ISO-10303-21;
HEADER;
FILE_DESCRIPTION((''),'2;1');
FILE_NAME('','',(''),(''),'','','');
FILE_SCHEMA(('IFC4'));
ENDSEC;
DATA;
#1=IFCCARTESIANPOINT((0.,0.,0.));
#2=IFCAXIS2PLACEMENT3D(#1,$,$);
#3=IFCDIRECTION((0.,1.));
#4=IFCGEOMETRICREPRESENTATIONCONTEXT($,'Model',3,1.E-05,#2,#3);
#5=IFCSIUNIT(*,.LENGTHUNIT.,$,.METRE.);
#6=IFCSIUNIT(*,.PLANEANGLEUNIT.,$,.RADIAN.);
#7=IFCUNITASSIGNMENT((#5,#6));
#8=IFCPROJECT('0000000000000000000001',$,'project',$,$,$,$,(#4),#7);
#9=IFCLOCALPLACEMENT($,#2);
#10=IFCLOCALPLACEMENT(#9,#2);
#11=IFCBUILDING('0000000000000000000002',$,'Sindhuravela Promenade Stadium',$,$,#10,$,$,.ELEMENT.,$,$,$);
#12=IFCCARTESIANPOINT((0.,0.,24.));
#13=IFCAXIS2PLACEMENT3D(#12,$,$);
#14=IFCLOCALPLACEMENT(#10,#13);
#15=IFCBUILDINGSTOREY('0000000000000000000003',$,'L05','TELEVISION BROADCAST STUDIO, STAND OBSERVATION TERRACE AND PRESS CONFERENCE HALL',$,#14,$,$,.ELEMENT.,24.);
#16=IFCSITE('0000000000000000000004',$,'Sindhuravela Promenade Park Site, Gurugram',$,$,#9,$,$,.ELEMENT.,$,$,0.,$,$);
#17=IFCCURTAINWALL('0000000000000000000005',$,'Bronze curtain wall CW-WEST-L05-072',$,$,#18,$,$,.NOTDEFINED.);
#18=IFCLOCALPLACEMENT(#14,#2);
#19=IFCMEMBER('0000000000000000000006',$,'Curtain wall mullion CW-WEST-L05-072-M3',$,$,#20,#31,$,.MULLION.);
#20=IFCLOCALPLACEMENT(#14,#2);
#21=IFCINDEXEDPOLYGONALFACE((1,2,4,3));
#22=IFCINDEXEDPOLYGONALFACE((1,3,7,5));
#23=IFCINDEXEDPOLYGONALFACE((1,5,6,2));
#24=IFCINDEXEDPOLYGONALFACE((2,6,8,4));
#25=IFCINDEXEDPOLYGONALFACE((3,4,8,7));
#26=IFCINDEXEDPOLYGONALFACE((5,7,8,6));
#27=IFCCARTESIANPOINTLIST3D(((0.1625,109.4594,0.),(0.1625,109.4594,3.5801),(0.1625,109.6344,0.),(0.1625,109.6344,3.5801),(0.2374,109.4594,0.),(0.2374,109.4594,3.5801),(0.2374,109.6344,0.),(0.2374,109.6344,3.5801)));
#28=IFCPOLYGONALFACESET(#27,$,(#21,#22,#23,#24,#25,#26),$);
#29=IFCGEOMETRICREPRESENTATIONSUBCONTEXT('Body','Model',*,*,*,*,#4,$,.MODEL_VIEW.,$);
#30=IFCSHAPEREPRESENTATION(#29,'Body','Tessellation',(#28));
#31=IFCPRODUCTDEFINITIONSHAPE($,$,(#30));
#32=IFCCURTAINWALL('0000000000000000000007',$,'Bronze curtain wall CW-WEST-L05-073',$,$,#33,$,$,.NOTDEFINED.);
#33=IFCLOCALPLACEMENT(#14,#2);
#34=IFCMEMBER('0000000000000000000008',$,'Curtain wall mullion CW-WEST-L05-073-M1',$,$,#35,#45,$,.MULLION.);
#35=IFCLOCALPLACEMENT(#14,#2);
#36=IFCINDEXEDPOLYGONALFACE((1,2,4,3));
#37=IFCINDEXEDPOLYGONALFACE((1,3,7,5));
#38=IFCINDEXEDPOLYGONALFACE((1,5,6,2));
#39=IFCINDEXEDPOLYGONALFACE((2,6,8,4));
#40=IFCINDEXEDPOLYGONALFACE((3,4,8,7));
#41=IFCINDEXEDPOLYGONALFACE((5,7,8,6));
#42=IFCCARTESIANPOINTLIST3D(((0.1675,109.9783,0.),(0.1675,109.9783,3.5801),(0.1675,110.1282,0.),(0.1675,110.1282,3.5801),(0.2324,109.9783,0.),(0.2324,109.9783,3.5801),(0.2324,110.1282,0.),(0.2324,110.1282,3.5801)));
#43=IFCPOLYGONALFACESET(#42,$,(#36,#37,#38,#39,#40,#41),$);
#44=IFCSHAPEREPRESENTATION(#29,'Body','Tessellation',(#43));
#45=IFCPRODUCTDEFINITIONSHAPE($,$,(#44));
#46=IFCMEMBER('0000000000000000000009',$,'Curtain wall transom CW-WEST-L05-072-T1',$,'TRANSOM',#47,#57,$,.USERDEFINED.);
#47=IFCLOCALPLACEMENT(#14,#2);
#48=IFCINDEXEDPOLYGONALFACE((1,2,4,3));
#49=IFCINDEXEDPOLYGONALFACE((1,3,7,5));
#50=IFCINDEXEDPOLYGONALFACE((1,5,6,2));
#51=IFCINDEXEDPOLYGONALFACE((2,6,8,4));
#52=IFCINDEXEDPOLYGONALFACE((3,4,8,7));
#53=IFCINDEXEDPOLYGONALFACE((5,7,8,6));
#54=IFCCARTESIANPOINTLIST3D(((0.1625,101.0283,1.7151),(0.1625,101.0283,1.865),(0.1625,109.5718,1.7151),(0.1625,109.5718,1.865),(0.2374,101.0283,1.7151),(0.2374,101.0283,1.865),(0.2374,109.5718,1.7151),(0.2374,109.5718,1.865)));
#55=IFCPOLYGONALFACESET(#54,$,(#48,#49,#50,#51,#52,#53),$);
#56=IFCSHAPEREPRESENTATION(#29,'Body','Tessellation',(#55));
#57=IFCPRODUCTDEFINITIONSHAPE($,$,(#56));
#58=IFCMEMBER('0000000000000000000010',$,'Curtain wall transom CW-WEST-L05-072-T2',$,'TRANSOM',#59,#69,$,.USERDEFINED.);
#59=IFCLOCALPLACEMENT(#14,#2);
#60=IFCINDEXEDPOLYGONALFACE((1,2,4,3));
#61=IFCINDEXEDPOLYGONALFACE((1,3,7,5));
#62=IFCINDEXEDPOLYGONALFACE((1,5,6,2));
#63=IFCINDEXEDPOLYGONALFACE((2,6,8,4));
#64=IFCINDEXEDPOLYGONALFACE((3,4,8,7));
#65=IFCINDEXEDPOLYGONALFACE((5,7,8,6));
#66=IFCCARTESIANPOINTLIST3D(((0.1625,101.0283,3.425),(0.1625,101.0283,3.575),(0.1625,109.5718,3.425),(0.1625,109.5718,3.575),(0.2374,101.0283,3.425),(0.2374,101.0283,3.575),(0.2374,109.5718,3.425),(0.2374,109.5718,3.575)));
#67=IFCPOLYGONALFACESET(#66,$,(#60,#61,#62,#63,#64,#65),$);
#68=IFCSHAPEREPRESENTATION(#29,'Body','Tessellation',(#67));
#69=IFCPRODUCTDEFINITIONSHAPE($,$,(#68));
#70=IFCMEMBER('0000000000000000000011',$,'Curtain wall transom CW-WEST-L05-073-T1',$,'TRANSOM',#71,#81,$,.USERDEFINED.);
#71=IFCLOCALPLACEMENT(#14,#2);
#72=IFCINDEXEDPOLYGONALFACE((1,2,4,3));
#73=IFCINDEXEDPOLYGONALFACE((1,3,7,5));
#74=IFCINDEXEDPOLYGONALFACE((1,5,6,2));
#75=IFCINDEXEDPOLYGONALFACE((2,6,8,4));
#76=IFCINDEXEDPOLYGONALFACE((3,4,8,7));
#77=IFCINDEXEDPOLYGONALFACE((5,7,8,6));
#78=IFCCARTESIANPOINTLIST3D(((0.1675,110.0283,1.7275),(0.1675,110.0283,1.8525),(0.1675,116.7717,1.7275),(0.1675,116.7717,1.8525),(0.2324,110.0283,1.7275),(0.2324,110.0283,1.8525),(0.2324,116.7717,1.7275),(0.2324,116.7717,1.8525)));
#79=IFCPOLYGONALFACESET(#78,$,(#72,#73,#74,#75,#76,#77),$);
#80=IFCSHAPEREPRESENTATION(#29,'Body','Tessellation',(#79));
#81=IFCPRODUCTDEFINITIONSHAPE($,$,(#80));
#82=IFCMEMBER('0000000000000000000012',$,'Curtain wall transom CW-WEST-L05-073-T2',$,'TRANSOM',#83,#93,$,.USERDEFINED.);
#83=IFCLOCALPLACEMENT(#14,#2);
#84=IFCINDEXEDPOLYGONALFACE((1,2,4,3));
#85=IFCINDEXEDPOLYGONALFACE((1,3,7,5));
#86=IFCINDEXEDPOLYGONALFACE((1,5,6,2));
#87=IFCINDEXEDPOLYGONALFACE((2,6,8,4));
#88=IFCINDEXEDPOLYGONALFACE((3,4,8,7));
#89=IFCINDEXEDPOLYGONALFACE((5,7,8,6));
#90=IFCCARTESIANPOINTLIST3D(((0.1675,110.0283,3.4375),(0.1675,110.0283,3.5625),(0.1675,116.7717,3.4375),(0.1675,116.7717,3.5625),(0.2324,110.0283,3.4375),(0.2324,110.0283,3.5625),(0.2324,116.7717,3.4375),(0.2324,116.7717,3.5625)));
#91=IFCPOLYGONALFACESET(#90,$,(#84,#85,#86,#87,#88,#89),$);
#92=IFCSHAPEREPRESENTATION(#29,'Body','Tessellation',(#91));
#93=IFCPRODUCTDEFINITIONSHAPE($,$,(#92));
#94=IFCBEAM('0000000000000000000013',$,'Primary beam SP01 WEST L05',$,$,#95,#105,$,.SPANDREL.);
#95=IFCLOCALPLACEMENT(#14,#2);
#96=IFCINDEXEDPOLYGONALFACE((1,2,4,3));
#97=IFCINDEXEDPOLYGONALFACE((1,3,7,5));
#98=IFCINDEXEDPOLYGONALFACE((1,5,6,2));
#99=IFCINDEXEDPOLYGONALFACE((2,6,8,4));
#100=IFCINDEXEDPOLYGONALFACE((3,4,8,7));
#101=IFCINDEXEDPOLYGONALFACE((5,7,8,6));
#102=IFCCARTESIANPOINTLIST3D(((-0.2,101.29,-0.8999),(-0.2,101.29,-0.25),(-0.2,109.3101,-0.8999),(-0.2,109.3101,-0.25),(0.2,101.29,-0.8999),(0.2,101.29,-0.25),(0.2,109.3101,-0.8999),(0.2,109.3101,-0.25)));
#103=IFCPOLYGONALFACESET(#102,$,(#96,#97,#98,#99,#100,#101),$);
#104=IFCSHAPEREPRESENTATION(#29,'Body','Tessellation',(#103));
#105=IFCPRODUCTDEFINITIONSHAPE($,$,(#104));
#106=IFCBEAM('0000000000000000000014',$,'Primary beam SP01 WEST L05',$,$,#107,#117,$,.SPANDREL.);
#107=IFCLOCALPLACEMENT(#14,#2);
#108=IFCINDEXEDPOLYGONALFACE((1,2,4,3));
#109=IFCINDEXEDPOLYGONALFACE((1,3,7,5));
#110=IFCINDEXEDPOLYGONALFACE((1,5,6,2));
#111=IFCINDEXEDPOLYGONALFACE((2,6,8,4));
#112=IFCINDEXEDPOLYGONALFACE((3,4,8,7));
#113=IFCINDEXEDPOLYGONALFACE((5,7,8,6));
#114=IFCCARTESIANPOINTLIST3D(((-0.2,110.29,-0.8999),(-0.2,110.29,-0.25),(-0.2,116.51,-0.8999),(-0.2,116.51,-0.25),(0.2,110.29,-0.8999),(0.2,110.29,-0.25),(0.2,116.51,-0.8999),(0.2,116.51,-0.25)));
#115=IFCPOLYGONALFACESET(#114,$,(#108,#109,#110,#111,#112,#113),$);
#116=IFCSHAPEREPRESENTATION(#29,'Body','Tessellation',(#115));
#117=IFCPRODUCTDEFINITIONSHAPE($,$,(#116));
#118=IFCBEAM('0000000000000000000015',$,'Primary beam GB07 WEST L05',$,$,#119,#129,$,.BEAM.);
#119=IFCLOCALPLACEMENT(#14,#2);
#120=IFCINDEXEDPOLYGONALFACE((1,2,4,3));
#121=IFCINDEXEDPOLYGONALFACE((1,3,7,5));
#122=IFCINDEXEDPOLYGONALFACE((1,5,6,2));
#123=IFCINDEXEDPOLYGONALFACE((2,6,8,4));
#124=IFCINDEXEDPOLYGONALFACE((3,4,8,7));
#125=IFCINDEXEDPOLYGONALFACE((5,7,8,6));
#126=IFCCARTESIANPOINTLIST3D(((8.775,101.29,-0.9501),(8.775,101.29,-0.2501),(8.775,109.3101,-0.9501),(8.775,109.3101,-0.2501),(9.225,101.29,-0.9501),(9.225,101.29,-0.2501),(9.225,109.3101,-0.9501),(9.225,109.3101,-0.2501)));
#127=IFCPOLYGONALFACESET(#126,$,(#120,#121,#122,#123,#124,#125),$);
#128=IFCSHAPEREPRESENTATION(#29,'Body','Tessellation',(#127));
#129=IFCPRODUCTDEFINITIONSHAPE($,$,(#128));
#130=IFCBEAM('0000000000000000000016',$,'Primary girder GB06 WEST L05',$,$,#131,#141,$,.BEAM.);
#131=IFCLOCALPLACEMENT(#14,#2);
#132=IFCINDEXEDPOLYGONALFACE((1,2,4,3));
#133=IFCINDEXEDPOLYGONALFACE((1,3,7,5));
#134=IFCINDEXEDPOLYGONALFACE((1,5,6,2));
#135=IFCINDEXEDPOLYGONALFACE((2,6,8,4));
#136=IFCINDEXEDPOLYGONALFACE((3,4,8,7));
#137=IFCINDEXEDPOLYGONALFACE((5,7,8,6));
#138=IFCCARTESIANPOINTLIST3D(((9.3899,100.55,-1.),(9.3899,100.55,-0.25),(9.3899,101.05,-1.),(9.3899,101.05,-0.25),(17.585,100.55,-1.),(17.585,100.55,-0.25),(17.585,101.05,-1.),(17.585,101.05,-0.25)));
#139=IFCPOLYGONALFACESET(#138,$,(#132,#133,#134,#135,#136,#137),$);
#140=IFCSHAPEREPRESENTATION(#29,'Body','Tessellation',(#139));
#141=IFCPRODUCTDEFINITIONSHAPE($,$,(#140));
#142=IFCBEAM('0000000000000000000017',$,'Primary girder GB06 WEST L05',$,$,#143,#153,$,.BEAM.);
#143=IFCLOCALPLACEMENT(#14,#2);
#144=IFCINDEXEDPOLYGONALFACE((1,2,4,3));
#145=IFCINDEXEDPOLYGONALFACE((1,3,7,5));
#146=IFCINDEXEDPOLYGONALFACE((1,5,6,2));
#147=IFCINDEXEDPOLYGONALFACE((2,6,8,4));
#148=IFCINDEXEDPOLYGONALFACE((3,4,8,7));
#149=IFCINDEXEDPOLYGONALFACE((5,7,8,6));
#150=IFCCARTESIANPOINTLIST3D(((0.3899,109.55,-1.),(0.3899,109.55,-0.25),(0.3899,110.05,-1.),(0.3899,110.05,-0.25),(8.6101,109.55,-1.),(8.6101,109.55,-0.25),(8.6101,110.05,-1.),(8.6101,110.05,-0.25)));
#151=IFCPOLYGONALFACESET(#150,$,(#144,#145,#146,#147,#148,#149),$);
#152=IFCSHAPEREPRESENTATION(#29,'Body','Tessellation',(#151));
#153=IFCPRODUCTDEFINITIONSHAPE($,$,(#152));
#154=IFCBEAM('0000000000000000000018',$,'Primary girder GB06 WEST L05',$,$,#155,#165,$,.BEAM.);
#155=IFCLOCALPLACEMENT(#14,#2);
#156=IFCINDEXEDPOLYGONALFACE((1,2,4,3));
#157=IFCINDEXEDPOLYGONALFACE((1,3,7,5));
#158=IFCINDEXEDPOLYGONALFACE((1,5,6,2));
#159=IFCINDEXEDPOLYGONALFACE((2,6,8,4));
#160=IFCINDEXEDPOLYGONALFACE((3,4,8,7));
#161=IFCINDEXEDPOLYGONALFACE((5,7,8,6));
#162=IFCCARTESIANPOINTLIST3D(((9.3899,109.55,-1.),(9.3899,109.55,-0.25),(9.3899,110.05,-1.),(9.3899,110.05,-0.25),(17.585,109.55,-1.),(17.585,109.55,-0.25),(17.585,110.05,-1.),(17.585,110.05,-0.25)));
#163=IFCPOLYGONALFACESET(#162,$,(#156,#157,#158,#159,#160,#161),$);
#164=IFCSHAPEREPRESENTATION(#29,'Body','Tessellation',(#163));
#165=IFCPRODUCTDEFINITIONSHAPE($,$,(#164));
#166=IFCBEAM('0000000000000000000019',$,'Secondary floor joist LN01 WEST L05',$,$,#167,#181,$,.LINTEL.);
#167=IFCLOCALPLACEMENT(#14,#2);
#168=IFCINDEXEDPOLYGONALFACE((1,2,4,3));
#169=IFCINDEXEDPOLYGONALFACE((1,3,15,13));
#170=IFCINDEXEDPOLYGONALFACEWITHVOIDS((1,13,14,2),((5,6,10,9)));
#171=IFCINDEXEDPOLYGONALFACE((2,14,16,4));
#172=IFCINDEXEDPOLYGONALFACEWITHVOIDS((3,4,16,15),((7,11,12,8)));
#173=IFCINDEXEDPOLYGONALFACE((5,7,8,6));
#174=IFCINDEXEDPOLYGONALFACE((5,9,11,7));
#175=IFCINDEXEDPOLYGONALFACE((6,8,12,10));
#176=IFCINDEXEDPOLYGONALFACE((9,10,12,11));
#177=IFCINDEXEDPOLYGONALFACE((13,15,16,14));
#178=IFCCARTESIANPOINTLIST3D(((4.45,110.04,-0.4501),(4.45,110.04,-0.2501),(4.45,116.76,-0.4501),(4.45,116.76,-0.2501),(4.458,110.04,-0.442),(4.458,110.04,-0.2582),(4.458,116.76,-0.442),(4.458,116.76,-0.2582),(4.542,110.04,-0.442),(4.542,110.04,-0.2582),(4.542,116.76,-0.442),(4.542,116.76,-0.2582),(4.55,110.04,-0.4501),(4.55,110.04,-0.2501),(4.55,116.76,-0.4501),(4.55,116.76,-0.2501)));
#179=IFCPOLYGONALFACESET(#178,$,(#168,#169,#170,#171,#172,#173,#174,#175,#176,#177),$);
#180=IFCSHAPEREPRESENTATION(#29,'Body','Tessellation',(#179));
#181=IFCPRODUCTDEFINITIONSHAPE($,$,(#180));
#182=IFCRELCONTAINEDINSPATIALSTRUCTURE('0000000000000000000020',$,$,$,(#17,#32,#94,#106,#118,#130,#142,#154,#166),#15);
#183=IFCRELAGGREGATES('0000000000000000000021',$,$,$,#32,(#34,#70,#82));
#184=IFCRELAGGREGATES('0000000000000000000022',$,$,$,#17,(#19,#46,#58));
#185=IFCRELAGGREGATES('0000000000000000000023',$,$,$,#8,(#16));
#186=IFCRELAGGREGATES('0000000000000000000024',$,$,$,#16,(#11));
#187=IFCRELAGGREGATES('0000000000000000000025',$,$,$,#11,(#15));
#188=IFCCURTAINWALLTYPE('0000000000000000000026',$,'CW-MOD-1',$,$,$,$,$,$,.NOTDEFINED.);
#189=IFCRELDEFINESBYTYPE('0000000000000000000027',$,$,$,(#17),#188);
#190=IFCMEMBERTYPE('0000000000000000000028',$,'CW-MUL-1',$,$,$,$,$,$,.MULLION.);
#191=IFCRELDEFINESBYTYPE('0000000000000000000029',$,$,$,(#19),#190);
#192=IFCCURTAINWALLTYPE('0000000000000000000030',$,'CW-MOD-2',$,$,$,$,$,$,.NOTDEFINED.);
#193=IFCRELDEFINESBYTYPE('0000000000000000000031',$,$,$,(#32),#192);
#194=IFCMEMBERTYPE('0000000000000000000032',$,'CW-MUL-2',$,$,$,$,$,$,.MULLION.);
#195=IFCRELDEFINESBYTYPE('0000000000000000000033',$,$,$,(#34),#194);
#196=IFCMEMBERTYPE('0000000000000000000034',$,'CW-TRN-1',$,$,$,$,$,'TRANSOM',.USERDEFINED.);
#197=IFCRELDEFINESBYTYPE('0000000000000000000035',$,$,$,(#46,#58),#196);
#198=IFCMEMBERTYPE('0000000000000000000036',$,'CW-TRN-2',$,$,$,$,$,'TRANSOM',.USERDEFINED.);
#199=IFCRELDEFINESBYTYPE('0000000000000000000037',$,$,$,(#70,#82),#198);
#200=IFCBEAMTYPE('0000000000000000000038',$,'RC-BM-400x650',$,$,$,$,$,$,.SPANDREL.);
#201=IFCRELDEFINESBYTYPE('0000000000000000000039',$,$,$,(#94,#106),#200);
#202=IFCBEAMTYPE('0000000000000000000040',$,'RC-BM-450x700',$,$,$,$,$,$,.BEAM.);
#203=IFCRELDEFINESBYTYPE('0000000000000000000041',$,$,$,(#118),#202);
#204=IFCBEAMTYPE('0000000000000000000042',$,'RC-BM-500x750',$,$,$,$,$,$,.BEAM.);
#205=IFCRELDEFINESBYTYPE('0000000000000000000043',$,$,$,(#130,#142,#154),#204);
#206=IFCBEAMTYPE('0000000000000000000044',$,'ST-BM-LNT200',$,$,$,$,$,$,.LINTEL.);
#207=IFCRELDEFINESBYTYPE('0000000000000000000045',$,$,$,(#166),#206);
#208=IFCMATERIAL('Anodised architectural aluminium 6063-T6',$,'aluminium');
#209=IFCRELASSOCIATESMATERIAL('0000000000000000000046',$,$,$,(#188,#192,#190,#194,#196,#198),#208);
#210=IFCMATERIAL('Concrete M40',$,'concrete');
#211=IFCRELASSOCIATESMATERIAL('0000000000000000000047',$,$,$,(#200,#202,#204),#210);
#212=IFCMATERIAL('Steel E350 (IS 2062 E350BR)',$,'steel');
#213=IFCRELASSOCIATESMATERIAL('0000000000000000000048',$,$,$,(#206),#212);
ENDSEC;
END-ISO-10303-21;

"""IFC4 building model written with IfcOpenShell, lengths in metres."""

from ifc_helpers import new_model, si_unit, direction, frame, origin, origin_2d, place, context, subcontext, project, spatial, rectangle, hollow_rectangle, extrude, material, material_profile, profile_set, type_object, element, aggregate, save


model = new_model("IFC4")

# Units and contexts
model_context = context("Model", 3, precision=1e-05, world=origin(), true_north=direction((0.0, 1.0)))
body_context = subcontext(model_context, "Body", "Model", "MODEL_VIEW")
ifc_project = project(units=[si_unit("LENGTHUNIT", "METRE"), si_unit("PLANEANGLEUNIT", "RADIAN")], contexts=[model_context])

# Site, building, storey
site_placement = place(None, origin())
site = spatial("IfcSite", under=ifc_project, at=site_placement, Name="Sindhuravela Promenade Park Site, Gurugram", CompositionType="ELEMENT", RefElevation=0.0)
building_placement = place(site_placement, origin())
building = spatial("IfcBuilding", under=site, at=building_placement, Name="Sindhuravela Promenade Stadium", CompositionType="ELEMENT")
storey_placement = place(building_placement, frame((0.0, 0.0, 24.0)))
storey = spatial("IfcBuildingStorey", under=building, at=storey_placement, Name="L05", Description="TELEVISION BROADCAST STUDIO, STAND OBSERVATION TERRACE AND PRESS CONFERENCE HALL", CompositionType="ELEMENT", Elevation=24.0)

# Shared definitions
ifc_material_1 = material(Name="Steel E350 (IS 2062 E350BR)", Category="steel")

# Curtain wall, member
ifc_material_2 = material(Name="Anodised architectural aluminium 6063-T6", Category="aluminium")
curtain_wall_type_1 = type_object("IfcCurtainWallType", Name="CW-MOD-1", PredefinedType="NOTDEFINED", material=ifc_material_2)
curtain_wall_1_placement = place(storey_placement, origin())
curtain_wall_1 = element("IfcCurtainWall", 1, at=curtain_wall_1_placement, inside=storey, type_object=curtain_wall_type_1, Name="Bronze curtain wall CW-WEST-L05-072", PredefinedType="NOTDEFINED")
ifc_material_profile_1 = material_profile(ifc_material_2, rectangle(XDim=0.075, YDim=0.175, at=origin_2d()), Name="ALU MULL 75x175")
ifc_profile_set_1 = profile_set([ifc_material_profile_1], Name="Anodised architectural aluminium 6063-T6")
member_type_1 = type_object("IfcMemberType", Name="CW-MUL-1", PredefinedType="MULLION", material=ifc_profile_set_1)
member_1_placement = place(storey_placement, frame((0.2, 109.5469, 0.0), z_axis=(0.0, 0.0, 1.0), x_axis=(1.0, 0.0, 0.0)))
member_1 = element("IfcMember", 2, at=member_1_placement, type_object=member_type_1, Name="Curtain wall mullion CW-WEST-L05-072-M3", PredefinedType="MULLION", context=body_context, shape_type="SweptSolid", body=[
    extrude(rectangle(XDim=0.075, YDim=0.175, at=origin_2d()), origin(), (0.0, 0.0, 1.0), 3.5801),
])

# Curtain wall, member
curtain_wall_type_2 = type_object("IfcCurtainWallType", Name="CW-MOD-2", PredefinedType="NOTDEFINED", material=ifc_material_2)
curtain_wall_2_placement = place(storey_placement, origin())
curtain_wall_2 = element("IfcCurtainWall", 3, at=curtain_wall_2_placement, inside=storey, type_object=curtain_wall_type_2, Name="Bronze curtain wall CW-WEST-L05-073", PredefinedType="NOTDEFINED")
ifc_material_profile_2 = material_profile(ifc_material_2, rectangle(XDim=0.0649, YDim=0.1499, at=origin_2d()), Name="ALU MULL 65x150")
ifc_profile_set_2 = profile_set([ifc_material_profile_2], Name="Anodised architectural aluminium 6063-T6")
member_type_2 = type_object("IfcMemberType", Name="CW-MUL-2", PredefinedType="MULLION", material=ifc_profile_set_2)
member_2_placement = place(storey_placement, frame((0.2, 110.0532, 0.0), z_axis=(0.0, 0.0, 1.0), x_axis=(1.0, 0.0, 0.0)))
member_2 = element("IfcMember", 4, at=member_2_placement, type_object=member_type_2, Name="Curtain wall mullion CW-WEST-L05-073-M1", PredefinedType="MULLION", context=body_context, shape_type="SweptSolid", body=[
    extrude(rectangle(XDim=0.0649, YDim=0.1499, at=origin_2d()), origin(), (0.0, 0.0, 1.0), 3.5801),
])

# Members
ifc_material_profile_3 = material_profile(ifc_material_2, rectangle(XDim=0.075, YDim=0.1499, at=origin_2d()), Name="ALU TRAN 75x150")
ifc_profile_set_3 = profile_set([ifc_material_profile_3], Name="Anodised architectural aluminium 6063-T6")
member_type_3 = type_object("IfcMemberType", Name="CW-TRN-1", ElementType="TRANSOM", PredefinedType="USERDEFINED", material=ifc_profile_set_3)
member_3_placement = place(storey_placement, frame((0.2, 101.0283, 1.79), z_axis=(0.0, 1.0, 0.0), x_axis=(-1.0, 0.0, 0.0)))
member_3 = element("IfcMember", 5, at=member_3_placement, type_object=member_type_3, Name="Curtain wall transom CW-WEST-L05-072-T1", ObjectType="TRANSOM", PredefinedType="USERDEFINED", context=body_context, shape_type="SweptSolid", body=[
    extrude(rectangle(XDim=0.075, YDim=0.1499, at=origin_2d()), origin(), (0.0, 0.0, 1.0), 8.5435),
])
member_4_placement = place(storey_placement, frame((0.2, 101.0283, 3.5), z_axis=(0.0, 1.0, 0.0), x_axis=(-1.0, 0.0, 0.0)))
member_4 = element("IfcMember", 6, at=member_4_placement, type_object=member_type_3, Name="Curtain wall transom CW-WEST-L05-072-T2", ObjectType="TRANSOM", PredefinedType="USERDEFINED", context=body_context, shape_type="SweptSolid", body=[
    extrude(rectangle(XDim=0.075, YDim=0.1499, at=origin_2d()), origin(), (0.0, 0.0, 1.0), 8.5435),
])
ifc_material_profile_4 = material_profile(ifc_material_2, rectangle(XDim=0.0649, YDim=0.125, at=origin_2d()), Name="ALU TRAN 65x125")
ifc_profile_set_4 = profile_set([ifc_material_profile_4], Name="Anodised architectural aluminium 6063-T6")
member_type_4 = type_object("IfcMemberType", Name="CW-TRN-2", ElementType="TRANSOM", PredefinedType="USERDEFINED", material=ifc_profile_set_4)
member_5_placement = place(storey_placement, frame((0.2, 110.0283, 1.79), z_axis=(0.0, 1.0, 0.0), x_axis=(-1.0, 0.0, 0.0)))
member_5 = element("IfcMember", 7, at=member_5_placement, type_object=member_type_4, Name="Curtain wall transom CW-WEST-L05-073-T1", ObjectType="TRANSOM", PredefinedType="USERDEFINED", context=body_context, shape_type="SweptSolid", body=[
    extrude(rectangle(XDim=0.0649, YDim=0.125, at=origin_2d()), origin(), (0.0, 0.0, 1.0), 6.7434),
])
member_6_placement = place(storey_placement, frame((0.2, 110.0283, 3.5), z_axis=(0.0, 1.0, 0.0), x_axis=(-1.0, 0.0, 0.0)))
member_6 = element("IfcMember", 8, at=member_6_placement, type_object=member_type_4, Name="Curtain wall transom CW-WEST-L05-073-T2", ObjectType="TRANSOM", PredefinedType="USERDEFINED", context=body_context, shape_type="SweptSolid", body=[
    extrude(rectangle(XDim=0.0649, YDim=0.125, at=origin_2d()), origin(), (0.0, 0.0, 1.0), 6.7434),
])
aggregate(curtain_wall_2, [member_2, member_5, member_6])

# Beams
ifc_material_3 = material(Name="Concrete M40", Category="concrete")
ifc_material_profile_5 = material_profile(ifc_material_3, rectangle(XDim=0.3999, YDim=0.6499, at=origin_2d()), Name="RC 400x650")
ifc_profile_set_5 = profile_set([ifc_material_profile_5], Name="Concrete M40")
beam_type_1 = type_object("IfcBeamType", Name="RC-BM-400x650", PredefinedType="SPANDREL", material=ifc_profile_set_5)
beam_1_placement = place(storey_placement, frame((0.0, 101.29, -0.575), z_axis=(0.0, 1.0, 0.0), x_axis=(-1.0, 0.0, 0.0)))
element("IfcBeam", 9, at=beam_1_placement, inside=storey, type_object=beam_type_1, Name="Primary beam SP01 WEST L05", PredefinedType="SPANDREL", context=body_context, shape_type="SweptSolid", body=[
    extrude(rectangle(XDim=0.3999, YDim=0.6499, at=origin_2d()), origin(), (0.0, 0.0, 1.0), 8.02),
])
beam_2_placement = place(storey_placement, frame((0.0, 110.29, -0.575), z_axis=(0.0, 1.0, 0.0), x_axis=(-1.0, 0.0, 0.0)))
element("IfcBeam", 10, at=beam_2_placement, inside=storey, type_object=beam_type_1, Name="Primary beam SP01 WEST L05", PredefinedType="SPANDREL", context=body_context, shape_type="SweptSolid", body=[
    extrude(rectangle(XDim=0.3999, YDim=0.6499, at=origin_2d()), origin(), (0.0, 0.0, 1.0), 6.22),
])
ifc_material_profile_6 = material_profile(ifc_material_3, rectangle(XDim=0.45, YDim=0.7, at=origin_2d()), Name="RC 450x700")
ifc_profile_set_6 = profile_set([ifc_material_profile_6], Name="Concrete M40")
beam_type_2 = type_object("IfcBeamType", Name="RC-BM-450x700", PredefinedType="BEAM", material=ifc_profile_set_6)
beam_3_placement = place(storey_placement, frame((9.0, 101.29, -0.6001), z_axis=(0.0, 1.0, 0.0), x_axis=(-1.0, 0.0, 0.0)))
element("IfcBeam", 11, at=beam_3_placement, inside=storey, type_object=beam_type_2, Name="Primary beam GB07 WEST L05", PredefinedType="BEAM", context=body_context, shape_type="SweptSolid", body=[
    extrude(rectangle(XDim=0.45, YDim=0.7, at=origin_2d()), origin(), (0.0, 0.0, 1.0), 8.02),
])
ifc_material_profile_7 = material_profile(ifc_material_3, rectangle(XDim=0.5, YDim=0.75, at=origin_2d()), Name="RC 500x750")
ifc_profile_set_7 = profile_set([ifc_material_profile_7], Name="Concrete M40")
beam_type_3 = type_object("IfcBeamType", Name="RC-BM-500x750", PredefinedType="BEAM", material=ifc_profile_set_7)
beam_4_placement = place(storey_placement, frame((9.3899, 100.8, -0.625), z_axis=(1.0, 0.0, 0.0), x_axis=(0.0, 1.0, 0.0)))
element("IfcBeam", 12, at=beam_4_placement, inside=storey, type_object=beam_type_3, Name="Primary girder GB06 WEST L05", PredefinedType="BEAM", context=body_context, shape_type="SweptSolid", body=[
    extrude(rectangle(XDim=0.5, YDim=0.75, at=origin_2d()), origin(), (0.0, 0.0, 1.0), 8.1951),
])
beam_5_placement = place(storey_placement, frame((0.3899, 109.8, -0.625), z_axis=(1.0, 0.0, 0.0), x_axis=(0.0, 1.0, 0.0)))
element("IfcBeam", 13, at=beam_5_placement, inside=storey, type_object=beam_type_3, Name="Primary girder GB06 WEST L05", PredefinedType="BEAM", context=body_context, shape_type="SweptSolid", body=[
    extrude(rectangle(XDim=0.5, YDim=0.75, at=origin_2d()), origin(), (0.0, 0.0, 1.0), 8.2202),
])
beam_6_placement = place(storey_placement, frame((9.3899, 109.8, -0.625), z_axis=(1.0, 0.0, 0.0), x_axis=(0.0, 1.0, 0.0)))
element("IfcBeam", 14, at=beam_6_placement, inside=storey, type_object=beam_type_3, Name="Primary girder GB06 WEST L05", PredefinedType="BEAM", context=body_context, shape_type="SweptSolid", body=[
    extrude(rectangle(XDim=0.5, YDim=0.75, at=origin_2d()), origin(), (0.0, 0.0, 1.0), 8.1951),
])
ifc_material_profile_8 = material_profile(ifc_material_1, hollow_rectangle(XDim=0.1001, YDim=0.2, WallThickness=0.0081, at=origin_2d()), Name="RHS 200x100x8")
ifc_profile_set_8 = profile_set([ifc_material_profile_8], Name="Steel E350 (IS 2062 E350BR)")
beam_type_4 = type_object("IfcBeamType", Name="ST-BM-LNT200", PredefinedType="LINTEL", material=ifc_profile_set_8)
beam_7_placement = place(storey_placement, frame((4.5, 110.04, -0.3501), z_axis=(0.0, 1.0, 0.0), x_axis=(-1.0, 0.0, 0.0)))
element("IfcBeam", 15, at=beam_7_placement, inside=storey, type_object=beam_type_4, Name="Secondary floor joist LN01 WEST L05", PredefinedType="LINTEL", context=body_context, shape_type="SweptSolid", body=[
    extrude(hollow_rectangle(XDim=0.1001, YDim=0.2, WallThickness=0.0081, at=origin_2d()), origin(), (0.0, 0.0, 1.0), 6.72),
])

aggregate(curtain_wall_1, [member_1, member_3, member_4])

save(model, "model.ifc")
